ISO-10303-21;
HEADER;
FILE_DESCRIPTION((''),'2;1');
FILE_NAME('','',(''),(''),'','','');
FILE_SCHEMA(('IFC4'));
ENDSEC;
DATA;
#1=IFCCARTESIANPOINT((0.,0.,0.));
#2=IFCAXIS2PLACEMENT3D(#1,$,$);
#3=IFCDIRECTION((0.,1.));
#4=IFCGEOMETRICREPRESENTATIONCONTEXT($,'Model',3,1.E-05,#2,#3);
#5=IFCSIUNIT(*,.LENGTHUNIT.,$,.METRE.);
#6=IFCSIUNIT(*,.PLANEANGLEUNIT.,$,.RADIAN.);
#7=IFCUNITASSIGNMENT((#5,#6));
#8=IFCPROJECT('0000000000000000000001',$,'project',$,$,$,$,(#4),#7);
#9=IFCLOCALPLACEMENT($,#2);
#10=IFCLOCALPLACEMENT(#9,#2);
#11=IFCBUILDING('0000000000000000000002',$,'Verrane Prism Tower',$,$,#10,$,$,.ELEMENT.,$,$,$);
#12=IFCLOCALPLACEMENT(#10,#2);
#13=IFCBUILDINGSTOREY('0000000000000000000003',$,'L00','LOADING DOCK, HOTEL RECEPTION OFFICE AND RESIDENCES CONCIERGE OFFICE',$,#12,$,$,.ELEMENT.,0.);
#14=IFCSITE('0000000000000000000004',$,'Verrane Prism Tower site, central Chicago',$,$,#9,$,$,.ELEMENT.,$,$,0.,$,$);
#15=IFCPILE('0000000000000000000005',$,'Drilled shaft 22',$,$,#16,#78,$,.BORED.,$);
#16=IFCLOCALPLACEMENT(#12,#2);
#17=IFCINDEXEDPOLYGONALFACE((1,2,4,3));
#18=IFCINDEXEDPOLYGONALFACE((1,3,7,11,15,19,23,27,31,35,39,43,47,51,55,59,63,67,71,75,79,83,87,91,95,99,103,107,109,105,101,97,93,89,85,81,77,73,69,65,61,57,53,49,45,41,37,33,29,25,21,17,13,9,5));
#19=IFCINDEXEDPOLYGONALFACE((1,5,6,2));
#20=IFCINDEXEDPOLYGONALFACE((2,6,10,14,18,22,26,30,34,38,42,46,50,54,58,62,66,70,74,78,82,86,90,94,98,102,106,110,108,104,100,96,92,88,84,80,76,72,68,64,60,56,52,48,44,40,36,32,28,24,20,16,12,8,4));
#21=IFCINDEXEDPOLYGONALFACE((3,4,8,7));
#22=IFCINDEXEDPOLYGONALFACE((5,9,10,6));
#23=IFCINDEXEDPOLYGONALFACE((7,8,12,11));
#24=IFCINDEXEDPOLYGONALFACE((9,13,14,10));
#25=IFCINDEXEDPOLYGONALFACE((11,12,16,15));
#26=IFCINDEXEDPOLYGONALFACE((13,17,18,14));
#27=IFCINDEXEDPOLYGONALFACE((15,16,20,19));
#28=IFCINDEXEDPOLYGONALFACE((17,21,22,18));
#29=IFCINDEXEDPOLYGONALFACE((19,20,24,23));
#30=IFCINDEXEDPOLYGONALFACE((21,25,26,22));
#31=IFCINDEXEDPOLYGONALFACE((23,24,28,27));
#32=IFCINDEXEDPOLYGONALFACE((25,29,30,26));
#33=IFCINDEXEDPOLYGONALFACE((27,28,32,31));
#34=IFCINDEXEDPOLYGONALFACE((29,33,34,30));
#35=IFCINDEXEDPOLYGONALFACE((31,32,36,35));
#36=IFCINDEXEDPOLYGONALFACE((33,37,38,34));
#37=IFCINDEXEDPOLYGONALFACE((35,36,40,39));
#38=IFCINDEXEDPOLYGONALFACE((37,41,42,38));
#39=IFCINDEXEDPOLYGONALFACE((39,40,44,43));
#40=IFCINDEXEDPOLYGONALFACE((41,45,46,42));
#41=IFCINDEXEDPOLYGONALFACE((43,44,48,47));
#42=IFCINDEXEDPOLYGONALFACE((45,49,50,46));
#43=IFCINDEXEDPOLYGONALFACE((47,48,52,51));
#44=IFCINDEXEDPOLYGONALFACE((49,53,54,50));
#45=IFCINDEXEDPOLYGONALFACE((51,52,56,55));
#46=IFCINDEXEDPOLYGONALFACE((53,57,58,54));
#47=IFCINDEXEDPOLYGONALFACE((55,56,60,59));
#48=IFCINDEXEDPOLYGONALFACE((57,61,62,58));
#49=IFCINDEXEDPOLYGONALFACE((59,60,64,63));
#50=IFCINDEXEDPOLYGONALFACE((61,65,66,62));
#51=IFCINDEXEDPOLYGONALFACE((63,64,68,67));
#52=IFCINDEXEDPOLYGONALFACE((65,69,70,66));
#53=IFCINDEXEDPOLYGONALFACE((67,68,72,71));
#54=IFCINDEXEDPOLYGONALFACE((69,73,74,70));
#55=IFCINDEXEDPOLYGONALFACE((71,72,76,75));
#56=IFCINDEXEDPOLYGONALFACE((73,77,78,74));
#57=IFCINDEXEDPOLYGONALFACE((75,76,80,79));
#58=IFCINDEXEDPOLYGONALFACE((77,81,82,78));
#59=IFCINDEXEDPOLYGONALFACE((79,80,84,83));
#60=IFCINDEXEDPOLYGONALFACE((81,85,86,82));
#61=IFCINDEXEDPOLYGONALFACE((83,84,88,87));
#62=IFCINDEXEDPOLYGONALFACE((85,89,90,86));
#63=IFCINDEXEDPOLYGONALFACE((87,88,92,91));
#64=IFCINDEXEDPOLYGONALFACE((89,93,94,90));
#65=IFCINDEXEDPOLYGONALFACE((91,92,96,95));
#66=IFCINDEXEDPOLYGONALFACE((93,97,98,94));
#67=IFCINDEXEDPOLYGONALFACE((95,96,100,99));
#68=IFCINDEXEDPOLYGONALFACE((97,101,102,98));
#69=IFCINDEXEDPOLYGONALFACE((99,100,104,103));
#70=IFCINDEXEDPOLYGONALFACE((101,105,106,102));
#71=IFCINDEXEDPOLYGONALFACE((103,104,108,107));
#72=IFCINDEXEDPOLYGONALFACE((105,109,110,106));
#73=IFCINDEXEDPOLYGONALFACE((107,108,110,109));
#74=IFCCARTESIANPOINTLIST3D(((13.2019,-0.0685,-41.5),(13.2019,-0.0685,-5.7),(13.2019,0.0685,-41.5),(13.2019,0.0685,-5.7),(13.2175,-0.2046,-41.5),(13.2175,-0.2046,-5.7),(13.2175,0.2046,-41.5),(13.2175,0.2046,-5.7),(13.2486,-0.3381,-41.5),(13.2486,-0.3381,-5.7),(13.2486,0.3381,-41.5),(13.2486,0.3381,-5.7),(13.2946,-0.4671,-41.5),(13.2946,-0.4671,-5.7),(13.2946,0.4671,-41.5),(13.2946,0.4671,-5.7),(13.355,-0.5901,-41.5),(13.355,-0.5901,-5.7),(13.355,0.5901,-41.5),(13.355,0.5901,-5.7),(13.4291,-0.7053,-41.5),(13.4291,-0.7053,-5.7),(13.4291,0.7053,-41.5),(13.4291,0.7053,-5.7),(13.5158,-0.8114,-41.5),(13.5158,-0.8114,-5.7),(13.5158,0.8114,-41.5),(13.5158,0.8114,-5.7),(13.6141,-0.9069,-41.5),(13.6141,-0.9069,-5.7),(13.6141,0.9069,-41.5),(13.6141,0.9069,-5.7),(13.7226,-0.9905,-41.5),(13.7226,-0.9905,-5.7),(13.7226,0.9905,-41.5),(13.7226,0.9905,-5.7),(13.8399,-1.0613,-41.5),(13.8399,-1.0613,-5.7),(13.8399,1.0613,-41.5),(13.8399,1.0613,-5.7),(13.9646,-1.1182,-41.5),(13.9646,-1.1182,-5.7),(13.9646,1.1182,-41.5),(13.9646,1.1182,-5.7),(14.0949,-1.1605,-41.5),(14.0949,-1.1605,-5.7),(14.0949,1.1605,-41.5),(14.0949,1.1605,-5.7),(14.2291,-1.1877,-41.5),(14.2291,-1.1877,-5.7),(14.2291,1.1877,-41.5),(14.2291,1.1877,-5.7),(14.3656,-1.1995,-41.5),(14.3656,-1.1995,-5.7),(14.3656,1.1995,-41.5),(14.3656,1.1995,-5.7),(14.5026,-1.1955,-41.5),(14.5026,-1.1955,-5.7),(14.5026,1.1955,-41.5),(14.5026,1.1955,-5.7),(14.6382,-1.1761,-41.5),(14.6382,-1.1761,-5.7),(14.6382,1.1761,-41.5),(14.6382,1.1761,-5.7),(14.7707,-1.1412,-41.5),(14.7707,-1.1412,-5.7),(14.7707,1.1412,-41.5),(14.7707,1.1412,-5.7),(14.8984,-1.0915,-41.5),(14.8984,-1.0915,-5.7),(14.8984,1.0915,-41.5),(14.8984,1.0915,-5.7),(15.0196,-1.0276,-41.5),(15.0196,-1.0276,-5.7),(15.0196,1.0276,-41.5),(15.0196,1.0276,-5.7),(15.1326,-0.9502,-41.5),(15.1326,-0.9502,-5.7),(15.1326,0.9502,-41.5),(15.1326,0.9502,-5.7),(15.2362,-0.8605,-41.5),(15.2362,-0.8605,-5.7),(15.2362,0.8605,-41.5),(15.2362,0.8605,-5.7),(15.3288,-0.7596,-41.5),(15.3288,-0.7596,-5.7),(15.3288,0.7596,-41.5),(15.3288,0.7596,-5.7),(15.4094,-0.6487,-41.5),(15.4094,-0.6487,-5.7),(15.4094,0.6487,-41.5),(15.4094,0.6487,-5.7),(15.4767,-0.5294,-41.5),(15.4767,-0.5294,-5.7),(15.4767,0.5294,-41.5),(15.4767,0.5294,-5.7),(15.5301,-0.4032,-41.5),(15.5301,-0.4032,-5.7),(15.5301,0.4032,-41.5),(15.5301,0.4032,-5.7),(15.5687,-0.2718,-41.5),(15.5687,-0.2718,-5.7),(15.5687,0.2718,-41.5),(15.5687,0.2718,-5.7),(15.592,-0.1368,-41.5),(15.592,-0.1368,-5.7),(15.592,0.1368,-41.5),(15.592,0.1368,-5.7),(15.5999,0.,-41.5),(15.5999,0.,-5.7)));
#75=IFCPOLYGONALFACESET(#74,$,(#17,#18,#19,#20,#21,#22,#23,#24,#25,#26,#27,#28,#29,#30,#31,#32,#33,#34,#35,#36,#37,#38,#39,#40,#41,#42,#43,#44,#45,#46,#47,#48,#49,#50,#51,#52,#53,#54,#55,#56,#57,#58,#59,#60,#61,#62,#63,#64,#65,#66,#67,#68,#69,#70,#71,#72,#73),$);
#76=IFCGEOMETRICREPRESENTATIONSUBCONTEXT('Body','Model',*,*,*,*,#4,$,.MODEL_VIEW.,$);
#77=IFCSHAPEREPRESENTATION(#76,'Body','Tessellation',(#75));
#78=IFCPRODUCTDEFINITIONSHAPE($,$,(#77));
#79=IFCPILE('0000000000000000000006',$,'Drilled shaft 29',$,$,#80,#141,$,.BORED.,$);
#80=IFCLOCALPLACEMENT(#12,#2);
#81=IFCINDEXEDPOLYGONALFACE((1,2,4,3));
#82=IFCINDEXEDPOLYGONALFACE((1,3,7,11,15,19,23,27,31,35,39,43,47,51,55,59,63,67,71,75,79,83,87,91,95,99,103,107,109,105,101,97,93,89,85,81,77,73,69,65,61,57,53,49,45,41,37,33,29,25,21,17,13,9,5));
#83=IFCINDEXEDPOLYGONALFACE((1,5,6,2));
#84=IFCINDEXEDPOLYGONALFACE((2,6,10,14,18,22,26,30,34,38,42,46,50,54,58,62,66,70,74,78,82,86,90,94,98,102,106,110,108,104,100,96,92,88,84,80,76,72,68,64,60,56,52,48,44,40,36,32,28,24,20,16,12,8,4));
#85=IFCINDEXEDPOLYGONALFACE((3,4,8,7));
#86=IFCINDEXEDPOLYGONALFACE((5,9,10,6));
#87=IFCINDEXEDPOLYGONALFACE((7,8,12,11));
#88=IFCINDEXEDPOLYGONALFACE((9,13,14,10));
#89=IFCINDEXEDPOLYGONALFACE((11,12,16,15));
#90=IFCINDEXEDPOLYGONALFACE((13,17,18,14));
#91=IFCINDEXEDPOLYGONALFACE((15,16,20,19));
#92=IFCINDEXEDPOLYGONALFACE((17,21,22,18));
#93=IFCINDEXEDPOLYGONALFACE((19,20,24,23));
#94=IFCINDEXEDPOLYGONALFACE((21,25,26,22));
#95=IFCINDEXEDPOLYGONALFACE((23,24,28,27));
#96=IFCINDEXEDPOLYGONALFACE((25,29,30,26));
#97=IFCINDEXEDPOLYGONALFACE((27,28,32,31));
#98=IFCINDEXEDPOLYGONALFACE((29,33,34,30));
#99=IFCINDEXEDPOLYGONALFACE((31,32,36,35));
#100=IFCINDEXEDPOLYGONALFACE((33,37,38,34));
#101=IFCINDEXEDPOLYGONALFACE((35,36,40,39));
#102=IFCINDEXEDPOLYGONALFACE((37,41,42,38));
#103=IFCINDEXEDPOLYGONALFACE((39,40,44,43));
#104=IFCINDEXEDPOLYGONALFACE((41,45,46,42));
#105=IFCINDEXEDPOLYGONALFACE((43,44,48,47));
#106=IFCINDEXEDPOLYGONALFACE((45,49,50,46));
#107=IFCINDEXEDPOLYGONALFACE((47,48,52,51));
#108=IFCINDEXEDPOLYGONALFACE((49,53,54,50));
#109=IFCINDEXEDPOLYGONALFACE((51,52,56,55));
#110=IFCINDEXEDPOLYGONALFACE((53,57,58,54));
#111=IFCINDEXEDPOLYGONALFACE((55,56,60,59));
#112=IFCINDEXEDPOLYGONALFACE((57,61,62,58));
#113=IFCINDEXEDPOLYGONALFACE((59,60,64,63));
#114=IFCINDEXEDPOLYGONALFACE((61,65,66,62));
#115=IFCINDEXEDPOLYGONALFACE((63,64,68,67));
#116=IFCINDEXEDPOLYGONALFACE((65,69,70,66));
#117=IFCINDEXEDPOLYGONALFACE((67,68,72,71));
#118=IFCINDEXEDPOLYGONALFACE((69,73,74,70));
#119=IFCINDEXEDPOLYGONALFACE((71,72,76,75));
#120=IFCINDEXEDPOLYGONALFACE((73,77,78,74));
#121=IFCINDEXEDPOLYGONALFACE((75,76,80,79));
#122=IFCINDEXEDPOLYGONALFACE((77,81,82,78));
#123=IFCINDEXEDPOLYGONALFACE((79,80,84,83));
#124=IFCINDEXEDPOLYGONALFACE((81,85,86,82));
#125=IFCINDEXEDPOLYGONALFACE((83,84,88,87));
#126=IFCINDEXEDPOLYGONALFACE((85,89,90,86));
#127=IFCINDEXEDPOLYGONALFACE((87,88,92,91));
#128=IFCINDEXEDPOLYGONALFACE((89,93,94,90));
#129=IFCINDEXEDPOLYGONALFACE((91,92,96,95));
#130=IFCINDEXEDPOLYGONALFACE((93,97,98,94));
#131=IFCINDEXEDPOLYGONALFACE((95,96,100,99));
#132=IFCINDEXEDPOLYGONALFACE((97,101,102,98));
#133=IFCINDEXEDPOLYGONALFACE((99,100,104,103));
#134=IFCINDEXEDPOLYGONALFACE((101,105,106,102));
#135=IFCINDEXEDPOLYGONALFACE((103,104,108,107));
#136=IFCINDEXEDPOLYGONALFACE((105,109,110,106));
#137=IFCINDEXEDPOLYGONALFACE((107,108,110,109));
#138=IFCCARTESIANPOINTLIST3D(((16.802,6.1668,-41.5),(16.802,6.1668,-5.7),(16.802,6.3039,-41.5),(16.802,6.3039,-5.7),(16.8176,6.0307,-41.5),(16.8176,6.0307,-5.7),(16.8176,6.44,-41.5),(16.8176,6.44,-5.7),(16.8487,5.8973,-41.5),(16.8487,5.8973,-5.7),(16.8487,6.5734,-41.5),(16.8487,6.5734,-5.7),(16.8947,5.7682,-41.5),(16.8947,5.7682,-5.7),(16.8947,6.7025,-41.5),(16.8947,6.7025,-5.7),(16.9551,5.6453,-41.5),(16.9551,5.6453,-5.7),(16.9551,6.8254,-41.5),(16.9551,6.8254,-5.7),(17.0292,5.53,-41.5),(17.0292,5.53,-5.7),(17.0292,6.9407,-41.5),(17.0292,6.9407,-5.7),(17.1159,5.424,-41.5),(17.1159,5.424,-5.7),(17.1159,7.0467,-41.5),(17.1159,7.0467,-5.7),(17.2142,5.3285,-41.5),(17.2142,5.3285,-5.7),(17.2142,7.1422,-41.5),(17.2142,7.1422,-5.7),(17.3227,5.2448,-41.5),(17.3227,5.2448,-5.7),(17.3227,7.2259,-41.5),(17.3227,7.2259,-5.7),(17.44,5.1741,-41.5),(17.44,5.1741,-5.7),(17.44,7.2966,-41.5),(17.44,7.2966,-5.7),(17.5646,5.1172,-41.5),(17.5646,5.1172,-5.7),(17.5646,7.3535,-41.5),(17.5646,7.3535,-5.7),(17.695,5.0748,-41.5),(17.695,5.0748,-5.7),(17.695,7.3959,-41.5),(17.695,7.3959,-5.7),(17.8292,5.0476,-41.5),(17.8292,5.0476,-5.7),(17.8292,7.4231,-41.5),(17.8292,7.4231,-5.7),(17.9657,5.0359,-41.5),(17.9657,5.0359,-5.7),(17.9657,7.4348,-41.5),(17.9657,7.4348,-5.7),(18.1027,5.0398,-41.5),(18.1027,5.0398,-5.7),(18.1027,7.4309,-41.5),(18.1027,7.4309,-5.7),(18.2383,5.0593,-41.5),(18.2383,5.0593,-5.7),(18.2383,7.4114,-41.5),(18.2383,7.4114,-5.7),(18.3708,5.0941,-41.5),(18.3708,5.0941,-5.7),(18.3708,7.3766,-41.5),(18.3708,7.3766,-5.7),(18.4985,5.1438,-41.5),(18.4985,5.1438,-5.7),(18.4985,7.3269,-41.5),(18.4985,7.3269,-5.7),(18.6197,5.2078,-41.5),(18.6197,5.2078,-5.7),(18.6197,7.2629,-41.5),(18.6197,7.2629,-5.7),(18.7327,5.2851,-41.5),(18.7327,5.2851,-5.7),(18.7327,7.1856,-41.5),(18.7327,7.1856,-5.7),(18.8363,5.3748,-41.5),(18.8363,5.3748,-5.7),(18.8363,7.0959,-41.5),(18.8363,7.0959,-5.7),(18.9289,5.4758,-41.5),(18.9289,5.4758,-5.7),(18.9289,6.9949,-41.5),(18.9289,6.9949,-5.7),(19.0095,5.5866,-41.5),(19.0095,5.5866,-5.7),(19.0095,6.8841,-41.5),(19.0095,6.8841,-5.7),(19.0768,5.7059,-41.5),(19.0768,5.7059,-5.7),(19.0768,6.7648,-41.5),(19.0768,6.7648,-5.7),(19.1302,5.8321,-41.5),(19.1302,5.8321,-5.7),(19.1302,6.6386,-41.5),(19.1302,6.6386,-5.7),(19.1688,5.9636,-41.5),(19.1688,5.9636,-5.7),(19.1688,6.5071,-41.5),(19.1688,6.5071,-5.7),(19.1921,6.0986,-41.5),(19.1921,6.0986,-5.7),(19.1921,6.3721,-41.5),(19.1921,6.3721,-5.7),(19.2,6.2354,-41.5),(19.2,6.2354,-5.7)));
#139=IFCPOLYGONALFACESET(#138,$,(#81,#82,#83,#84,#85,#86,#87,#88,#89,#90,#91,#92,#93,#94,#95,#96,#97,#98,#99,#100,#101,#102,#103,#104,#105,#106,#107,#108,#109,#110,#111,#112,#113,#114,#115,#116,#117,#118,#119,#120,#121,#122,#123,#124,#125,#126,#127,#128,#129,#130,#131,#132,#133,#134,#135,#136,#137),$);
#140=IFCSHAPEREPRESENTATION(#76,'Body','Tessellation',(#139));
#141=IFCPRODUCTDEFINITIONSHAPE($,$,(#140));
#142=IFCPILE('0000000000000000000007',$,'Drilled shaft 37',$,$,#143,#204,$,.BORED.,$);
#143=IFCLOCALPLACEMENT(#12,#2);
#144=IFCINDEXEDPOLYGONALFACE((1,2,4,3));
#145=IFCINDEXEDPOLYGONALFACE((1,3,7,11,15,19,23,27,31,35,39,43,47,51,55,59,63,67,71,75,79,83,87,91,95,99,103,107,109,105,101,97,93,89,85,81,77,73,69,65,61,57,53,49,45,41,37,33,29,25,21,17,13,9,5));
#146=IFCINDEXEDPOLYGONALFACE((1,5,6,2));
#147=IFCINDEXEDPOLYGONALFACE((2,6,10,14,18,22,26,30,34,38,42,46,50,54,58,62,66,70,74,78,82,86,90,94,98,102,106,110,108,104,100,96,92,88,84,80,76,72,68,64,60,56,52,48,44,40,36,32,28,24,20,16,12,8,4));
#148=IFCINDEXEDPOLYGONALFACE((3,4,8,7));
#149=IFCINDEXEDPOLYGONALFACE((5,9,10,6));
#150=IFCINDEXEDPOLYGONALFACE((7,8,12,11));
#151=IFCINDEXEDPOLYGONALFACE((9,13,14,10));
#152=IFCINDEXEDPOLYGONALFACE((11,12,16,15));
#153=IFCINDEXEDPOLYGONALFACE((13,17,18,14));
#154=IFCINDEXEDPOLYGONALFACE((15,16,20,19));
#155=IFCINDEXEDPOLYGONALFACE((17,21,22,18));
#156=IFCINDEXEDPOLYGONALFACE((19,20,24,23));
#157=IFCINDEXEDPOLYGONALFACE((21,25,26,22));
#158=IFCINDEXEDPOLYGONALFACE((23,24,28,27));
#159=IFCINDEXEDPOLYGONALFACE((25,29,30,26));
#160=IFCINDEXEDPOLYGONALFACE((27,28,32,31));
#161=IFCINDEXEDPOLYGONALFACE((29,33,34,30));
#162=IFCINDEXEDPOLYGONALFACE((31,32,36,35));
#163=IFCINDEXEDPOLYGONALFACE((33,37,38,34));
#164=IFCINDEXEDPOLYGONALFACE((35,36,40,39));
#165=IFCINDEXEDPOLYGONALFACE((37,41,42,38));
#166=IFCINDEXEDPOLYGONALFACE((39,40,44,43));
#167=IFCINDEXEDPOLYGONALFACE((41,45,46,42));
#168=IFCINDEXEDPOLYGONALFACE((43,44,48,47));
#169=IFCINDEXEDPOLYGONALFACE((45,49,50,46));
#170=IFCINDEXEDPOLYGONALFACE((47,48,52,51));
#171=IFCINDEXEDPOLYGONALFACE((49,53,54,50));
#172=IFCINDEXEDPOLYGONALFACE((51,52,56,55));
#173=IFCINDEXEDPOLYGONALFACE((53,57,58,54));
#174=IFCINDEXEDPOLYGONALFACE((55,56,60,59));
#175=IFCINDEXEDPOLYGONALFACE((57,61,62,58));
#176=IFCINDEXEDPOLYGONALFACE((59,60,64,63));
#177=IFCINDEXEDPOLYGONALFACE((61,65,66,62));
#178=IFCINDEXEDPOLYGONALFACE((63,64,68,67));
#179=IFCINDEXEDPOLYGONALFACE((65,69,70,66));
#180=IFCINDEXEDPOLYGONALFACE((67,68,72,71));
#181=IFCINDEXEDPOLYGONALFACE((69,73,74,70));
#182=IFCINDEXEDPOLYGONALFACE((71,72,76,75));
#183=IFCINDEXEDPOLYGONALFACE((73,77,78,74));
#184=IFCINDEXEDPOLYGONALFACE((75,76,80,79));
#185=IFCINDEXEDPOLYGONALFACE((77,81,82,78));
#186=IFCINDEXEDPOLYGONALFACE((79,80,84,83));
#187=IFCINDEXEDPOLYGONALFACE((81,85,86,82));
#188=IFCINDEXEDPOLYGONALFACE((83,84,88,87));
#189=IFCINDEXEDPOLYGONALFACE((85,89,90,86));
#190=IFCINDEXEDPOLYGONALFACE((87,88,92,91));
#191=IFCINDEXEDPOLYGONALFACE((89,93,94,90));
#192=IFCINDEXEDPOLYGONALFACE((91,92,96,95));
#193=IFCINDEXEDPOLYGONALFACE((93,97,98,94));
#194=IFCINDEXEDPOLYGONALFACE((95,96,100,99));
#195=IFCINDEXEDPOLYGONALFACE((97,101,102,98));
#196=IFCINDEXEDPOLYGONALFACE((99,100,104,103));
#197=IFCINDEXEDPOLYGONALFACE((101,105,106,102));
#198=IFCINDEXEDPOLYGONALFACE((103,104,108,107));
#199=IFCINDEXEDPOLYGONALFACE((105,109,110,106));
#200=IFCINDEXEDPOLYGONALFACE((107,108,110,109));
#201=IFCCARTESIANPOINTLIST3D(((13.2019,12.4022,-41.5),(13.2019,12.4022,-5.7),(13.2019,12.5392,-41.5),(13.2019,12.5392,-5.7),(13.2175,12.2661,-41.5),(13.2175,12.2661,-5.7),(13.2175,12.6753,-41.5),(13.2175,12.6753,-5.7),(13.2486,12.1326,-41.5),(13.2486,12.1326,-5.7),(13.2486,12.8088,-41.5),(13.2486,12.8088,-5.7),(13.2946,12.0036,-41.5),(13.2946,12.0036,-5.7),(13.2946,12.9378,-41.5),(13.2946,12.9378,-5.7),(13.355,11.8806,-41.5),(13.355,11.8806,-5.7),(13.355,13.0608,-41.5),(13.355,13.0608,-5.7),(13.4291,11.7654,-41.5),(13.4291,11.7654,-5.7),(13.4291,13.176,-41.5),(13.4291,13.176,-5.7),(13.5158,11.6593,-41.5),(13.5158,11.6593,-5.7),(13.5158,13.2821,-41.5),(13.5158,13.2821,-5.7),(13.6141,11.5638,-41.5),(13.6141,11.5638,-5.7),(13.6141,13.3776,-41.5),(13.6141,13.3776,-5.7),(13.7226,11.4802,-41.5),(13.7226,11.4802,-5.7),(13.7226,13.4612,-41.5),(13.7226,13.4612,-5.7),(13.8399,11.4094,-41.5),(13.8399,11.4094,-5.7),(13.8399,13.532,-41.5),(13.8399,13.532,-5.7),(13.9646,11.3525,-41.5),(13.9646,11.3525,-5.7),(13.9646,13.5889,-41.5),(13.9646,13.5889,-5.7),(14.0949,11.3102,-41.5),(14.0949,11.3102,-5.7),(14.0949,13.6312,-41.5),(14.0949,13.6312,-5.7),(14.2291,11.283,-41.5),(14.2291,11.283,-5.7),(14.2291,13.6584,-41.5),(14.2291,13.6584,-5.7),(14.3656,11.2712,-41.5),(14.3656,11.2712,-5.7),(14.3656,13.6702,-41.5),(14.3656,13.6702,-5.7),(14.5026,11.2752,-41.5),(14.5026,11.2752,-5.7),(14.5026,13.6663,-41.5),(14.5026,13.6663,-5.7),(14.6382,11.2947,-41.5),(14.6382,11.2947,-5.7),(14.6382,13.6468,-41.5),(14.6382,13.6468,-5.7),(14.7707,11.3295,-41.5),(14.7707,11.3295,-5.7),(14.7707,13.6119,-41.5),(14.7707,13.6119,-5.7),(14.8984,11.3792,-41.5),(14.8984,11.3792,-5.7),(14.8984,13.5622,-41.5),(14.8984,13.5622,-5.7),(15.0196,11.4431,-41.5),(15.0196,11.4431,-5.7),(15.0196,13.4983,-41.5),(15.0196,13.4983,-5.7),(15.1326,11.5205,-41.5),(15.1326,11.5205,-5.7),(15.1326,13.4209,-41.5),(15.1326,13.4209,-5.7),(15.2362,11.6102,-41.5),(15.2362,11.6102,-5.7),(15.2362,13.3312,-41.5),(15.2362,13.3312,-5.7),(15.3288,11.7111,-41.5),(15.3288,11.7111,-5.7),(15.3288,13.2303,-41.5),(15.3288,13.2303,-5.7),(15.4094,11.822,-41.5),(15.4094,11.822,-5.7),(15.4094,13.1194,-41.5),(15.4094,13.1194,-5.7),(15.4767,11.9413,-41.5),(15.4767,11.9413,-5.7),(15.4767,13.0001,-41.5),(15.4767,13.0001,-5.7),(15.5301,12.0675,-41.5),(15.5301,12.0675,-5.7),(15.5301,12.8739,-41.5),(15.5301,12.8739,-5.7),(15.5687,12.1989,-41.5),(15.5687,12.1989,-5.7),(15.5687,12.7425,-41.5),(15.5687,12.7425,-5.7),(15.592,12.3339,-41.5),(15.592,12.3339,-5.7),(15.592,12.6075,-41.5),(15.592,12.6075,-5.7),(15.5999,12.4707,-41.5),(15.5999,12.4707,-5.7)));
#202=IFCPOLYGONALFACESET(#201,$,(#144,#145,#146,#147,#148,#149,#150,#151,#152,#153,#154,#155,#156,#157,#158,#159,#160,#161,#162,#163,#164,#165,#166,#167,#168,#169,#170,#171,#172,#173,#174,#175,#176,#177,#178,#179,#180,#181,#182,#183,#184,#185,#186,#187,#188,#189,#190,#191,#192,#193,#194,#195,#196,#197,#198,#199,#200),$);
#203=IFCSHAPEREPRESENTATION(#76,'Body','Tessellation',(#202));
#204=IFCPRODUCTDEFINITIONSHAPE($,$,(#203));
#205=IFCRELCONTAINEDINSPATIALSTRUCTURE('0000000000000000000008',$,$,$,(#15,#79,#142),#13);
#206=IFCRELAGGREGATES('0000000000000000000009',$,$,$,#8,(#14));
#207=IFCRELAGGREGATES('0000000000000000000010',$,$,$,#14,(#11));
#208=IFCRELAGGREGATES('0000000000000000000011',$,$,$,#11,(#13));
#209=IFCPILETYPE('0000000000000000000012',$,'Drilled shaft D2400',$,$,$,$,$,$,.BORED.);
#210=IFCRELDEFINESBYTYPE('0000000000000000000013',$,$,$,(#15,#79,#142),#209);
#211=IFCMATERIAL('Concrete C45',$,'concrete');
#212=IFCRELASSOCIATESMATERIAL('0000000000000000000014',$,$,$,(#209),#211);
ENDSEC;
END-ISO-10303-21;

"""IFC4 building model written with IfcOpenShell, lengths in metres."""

from ifc_helpers import new_model, si_unit, direction, frame, origin, origin_2d, place, context, subcontext, project, spatial, circle, extrude, material, type_object, element, save


model = new_model("IFC4")

# Units and contexts
model_context = context("Model", 3, precision=1e-05, world=origin(), true_north=direction((0.0, 1.0)))
body_context = subcontext(model_context, "Body", "Model", "MODEL_VIEW")
ifc_project = project(units=[si_unit("LENGTHUNIT", "METRE"), si_unit("PLANEANGLEUNIT", "RADIAN")], contexts=[model_context])

# Site, building, storey
site_placement = place(None, origin())
site = spatial("IfcSite", under=ifc_project, at=site_placement, Name="Verrane Prism Tower site, central Chicago", CompositionType="ELEMENT", RefElevation=0.0)
building_placement = place(site_placement, origin())
building = spatial("IfcBuilding", under=site, at=building_placement, Name="Verrane Prism Tower", CompositionType="ELEMENT")
storey_placement = place(building_placement, origin())
storey = spatial("IfcBuildingStorey", under=building, at=storey_placement, Name="L00", Description="LOADING DOCK, HOTEL RECEPTION OFFICE AND RESIDENCES CONCIERGE OFFICE", CompositionType="ELEMENT", Elevation=0.0)

# Piles
ifc_material_1 = material(Name="Concrete C45", Category="concrete")
pile_type = type_object("IfcPileType", Name="Drilled shaft D2400", PredefinedType="BORED", material=ifc_material_1)
for number, where, z_axis, x_axis, name in (
    (1, (14.3999, 0.0, -5.7), (0.0, 0.0, -1.0), (1.0, 0.0, 0.0), "Drilled shaft 22"),
    (2, (18.0, 6.2354, -5.7), (0.0, 0.0, -1.0), (1.0, 0.0, 0.0), "Drilled shaft 29"),
    (3, (14.3999, 12.4707, -5.7), (0.0, 0.0, -1.0), (1.0, 0.0, 0.0), "Drilled shaft 37"),
):
    element("IfcPile", number, at=place(storey_placement, frame(where, z_axis=z_axis, x_axis=x_axis)), inside=storey, type_object=pile_type, Name=name, PredefinedType="BORED", context=body_context, shape_type="SweptSolid", body=[
        extrude(circle(Radius=1.2, at=origin_2d()), origin(), (0.0, 0.0, 1.0), 35.8),
    ])

save(model, "model.ifc")
